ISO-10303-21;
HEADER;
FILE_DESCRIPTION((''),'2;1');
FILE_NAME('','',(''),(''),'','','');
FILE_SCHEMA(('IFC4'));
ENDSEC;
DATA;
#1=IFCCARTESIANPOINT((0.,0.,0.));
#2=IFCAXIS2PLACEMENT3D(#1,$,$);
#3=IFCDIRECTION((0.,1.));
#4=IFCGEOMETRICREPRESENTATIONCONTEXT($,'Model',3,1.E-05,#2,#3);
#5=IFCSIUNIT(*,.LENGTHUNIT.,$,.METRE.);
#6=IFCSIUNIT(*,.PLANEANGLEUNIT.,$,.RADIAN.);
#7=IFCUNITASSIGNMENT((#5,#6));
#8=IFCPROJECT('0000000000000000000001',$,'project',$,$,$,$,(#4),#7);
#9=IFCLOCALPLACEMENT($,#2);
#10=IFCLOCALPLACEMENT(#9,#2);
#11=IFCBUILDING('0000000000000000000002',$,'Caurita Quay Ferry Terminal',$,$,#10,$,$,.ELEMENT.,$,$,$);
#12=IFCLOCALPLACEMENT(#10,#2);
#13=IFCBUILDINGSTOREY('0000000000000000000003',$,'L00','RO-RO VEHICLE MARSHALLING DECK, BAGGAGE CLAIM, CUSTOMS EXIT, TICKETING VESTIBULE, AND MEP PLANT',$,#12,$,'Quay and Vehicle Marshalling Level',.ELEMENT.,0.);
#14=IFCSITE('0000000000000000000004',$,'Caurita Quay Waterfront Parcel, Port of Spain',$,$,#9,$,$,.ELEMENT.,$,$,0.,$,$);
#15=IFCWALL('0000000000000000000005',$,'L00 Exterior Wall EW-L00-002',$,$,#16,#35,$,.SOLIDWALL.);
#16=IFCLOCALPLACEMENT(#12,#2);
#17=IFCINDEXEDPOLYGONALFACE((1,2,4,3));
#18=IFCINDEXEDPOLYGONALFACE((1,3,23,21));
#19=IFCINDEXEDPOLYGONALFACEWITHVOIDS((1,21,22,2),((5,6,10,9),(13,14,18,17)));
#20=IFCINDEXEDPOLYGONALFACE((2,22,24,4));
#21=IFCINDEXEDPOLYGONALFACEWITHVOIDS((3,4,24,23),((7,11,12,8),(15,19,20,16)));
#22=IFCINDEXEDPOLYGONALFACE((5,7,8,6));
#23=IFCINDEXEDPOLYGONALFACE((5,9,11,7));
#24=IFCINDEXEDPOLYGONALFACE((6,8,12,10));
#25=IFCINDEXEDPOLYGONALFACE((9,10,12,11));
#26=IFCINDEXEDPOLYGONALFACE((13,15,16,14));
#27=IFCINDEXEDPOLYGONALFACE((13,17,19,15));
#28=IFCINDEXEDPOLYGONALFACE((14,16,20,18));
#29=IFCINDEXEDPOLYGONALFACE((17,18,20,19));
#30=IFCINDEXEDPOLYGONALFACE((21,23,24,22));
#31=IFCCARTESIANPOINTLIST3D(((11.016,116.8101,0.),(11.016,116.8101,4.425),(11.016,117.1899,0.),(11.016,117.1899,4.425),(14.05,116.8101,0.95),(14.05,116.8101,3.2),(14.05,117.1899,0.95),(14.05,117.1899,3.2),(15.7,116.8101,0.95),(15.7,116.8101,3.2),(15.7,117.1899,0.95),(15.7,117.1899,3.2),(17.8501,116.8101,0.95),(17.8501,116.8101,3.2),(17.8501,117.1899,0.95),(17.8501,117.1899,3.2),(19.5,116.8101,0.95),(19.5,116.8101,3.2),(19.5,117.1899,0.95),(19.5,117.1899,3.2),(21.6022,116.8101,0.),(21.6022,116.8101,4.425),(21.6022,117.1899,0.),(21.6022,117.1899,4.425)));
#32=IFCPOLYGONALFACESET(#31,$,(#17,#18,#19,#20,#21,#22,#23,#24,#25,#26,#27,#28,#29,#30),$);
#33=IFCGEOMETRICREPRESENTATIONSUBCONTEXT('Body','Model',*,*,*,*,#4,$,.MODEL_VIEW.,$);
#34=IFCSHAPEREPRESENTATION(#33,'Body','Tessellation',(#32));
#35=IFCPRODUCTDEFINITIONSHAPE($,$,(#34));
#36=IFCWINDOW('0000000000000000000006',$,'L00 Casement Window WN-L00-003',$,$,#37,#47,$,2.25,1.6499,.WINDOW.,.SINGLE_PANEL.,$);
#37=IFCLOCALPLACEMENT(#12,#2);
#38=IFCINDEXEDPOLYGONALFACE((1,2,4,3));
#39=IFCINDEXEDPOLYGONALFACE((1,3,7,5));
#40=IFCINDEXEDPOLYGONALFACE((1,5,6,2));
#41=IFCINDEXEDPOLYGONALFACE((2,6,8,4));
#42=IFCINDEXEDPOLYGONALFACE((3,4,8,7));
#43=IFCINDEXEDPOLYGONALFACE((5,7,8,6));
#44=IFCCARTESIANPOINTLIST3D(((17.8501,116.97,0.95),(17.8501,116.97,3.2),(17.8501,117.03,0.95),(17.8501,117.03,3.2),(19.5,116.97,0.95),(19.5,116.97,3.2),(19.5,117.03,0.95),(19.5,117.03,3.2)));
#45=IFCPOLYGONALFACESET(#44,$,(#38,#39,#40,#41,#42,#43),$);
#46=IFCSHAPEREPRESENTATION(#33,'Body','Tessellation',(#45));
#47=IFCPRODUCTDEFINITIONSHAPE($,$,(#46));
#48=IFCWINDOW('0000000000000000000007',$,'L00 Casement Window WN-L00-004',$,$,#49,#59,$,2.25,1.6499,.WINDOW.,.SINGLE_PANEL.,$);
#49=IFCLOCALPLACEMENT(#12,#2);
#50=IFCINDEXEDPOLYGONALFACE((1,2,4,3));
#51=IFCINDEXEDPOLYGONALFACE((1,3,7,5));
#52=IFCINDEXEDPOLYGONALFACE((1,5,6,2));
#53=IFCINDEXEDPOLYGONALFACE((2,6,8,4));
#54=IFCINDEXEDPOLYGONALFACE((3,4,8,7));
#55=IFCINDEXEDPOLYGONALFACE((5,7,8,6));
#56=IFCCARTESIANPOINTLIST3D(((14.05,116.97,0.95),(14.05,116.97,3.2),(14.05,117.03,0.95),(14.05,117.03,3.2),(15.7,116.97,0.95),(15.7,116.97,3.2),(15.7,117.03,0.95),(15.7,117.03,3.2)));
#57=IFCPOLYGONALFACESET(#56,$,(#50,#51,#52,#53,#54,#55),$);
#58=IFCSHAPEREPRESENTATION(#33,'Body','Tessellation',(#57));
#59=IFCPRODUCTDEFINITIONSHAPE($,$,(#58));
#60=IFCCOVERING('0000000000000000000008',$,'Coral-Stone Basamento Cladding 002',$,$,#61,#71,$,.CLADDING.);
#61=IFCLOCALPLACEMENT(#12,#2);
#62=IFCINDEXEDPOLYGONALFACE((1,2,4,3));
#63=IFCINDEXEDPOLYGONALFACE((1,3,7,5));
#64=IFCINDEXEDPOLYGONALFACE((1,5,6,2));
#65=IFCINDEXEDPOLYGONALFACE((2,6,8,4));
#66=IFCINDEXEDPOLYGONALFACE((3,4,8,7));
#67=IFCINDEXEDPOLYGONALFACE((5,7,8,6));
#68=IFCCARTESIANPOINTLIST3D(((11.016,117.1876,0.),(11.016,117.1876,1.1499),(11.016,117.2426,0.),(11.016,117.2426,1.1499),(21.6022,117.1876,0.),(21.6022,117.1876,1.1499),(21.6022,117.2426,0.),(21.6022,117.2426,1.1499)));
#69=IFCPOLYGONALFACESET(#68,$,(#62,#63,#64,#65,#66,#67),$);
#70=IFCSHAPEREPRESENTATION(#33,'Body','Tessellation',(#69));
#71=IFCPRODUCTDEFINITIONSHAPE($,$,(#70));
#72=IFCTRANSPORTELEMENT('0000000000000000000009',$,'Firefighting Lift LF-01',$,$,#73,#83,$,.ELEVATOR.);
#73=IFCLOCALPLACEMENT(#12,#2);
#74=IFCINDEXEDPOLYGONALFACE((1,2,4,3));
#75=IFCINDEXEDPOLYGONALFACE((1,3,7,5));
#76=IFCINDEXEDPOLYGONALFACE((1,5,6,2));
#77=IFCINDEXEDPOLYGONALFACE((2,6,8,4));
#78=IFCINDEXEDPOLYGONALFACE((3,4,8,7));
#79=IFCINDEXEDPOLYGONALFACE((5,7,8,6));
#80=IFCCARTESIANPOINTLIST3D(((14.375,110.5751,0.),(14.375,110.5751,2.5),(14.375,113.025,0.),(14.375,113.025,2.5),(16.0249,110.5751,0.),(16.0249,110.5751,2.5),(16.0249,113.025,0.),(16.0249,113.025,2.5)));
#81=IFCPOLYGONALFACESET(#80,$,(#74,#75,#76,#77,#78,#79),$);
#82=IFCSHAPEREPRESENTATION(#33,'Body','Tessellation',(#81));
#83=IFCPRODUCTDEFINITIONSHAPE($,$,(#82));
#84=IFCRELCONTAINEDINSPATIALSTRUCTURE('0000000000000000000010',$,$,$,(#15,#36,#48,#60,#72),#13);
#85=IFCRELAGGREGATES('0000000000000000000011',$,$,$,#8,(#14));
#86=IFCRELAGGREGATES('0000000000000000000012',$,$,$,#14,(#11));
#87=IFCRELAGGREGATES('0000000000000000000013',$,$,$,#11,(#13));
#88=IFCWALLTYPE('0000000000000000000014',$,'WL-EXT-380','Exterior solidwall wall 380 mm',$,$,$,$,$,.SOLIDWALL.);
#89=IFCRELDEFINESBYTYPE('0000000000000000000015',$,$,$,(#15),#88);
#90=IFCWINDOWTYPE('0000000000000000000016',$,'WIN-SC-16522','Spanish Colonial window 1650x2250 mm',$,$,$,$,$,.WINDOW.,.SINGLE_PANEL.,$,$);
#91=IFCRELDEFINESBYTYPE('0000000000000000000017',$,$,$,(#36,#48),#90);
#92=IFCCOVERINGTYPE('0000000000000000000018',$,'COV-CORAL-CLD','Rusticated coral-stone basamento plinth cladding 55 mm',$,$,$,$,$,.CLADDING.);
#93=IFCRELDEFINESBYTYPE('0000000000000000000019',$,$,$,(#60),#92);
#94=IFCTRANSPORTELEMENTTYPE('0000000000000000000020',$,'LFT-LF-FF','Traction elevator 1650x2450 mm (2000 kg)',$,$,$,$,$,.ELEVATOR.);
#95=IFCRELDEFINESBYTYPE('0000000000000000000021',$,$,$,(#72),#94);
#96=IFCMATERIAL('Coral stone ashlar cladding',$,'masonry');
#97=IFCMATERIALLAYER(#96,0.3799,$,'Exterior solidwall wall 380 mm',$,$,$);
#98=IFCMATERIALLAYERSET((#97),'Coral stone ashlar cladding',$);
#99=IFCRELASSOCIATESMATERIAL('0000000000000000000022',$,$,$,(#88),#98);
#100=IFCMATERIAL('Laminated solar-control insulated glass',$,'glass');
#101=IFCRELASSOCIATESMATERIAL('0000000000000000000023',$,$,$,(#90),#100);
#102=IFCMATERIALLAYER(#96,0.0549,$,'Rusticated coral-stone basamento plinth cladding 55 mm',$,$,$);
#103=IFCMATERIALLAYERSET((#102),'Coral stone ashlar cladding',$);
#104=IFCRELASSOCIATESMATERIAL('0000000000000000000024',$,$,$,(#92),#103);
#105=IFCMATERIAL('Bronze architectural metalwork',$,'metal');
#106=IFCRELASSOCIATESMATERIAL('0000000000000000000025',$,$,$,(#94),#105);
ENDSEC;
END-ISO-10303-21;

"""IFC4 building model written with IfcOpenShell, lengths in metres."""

from ifc_helpers import new_model, si_unit, direction, frame, frame_2d, origin, origin_2d, place, context, subcontext, project, spatial, rectangle, extrude, material, layer, layer_set, type_object, element, fill, save


model = new_model("IFC4")

# Units and contexts
model_context = context("Model", 3, precision=1e-05, world=origin(), true_north=direction((0.0, 1.0)))
body_context = subcontext(model_context, "Body", "Model", "MODEL_VIEW")
ifc_project = project(units=[si_unit("LENGTHUNIT", "METRE"), si_unit("PLANEANGLEUNIT", "RADIAN")], contexts=[model_context])

# Site, building, storey
site_placement = place(None, origin())
site = spatial("IfcSite", under=ifc_project, at=site_placement, Name="Caurita Quay Waterfront Parcel, Port of Spain", CompositionType="ELEMENT", RefElevation=0.0)
building_placement = place(site_placement, origin())
building = spatial("IfcBuilding", under=site, at=building_placement, Name="Caurita Quay Ferry Terminal", CompositionType="ELEMENT")
storey_placement = place(building_placement, origin())
storey = spatial("IfcBuildingStorey", under=building, at=storey_placement, Name="L00", Description="RO-RO VEHICLE MARSHALLING DECK, BAGGAGE CLAIM, CUSTOMS EXIT, TICKETING VESTIBULE, AND MEP PLANT", LongName="Quay and Vehicle Marshalling Level", CompositionType="ELEMENT", Elevation=0.0)

# Shared definitions
ifc_material_1 = material(Name="Bronze architectural metalwork", Category="metal")

# Wall, openings, windows
ifc_material_2 = material(Name="Coral stone ashlar cladding", Category="masonry")
ifc_layer_1 = layer(ifc_material_2, 0.3799, Name="Exterior solidwall wall 380 mm")
ifc_layer_set_1 = layer_set([ifc_layer_1], Name="Coral stone ashlar cladding")
wall_type_1 = type_object("IfcWallType", Name="WL-EXT-380", Description="Exterior solidwall wall 380 mm", PredefinedType="SOLIDWALL", material=ifc_layer_set_1)
wall_1_placement = place(storey_placement, frame((21.6021, 117.0, 0.0), z_axis=(0.0, 0.0, 1.0), x_axis=(-1.0, 0.0, 0.0)))
wall_1 = element("IfcWall", 1, at=wall_1_placement, inside=storey, type_object=wall_type_1, Name="L00 Exterior Wall EW-L00-002", PredefinedType="SOLIDWALL", context=body_context, shape_type="SweptSolid", body=[
    extrude(rectangle(XDim=10.5862, YDim=0.3799, at=frame_2d((5.293, 0.0))), origin(), (0.0, 0.0, 1.0), 4.425),
])
opening_1_placement = place(wall_1_placement, frame((2.1021, 0.0, 0.95)))
opening_1 = element("IfcOpeningElement", 2, at=opening_1_placement, cuts=wall_1, PredefinedType="OPENING", context=body_context, shape_type="SweptSolid", body=[
    extrude(rectangle(XDim=1.6499, YDim=2.25, at=frame_2d((0.825, 1.125))), frame((0.0, 0.2, 0.0), z_axis=(0.0, -1.0, 0.0), x_axis=(1.0, 0.0, 0.0)), (0.0, 0.0, 1.0), 0.3999),
])
opening_2_placement = place(wall_1_placement, frame((5.9021, 0.0, 0.95)))
opening_2 = element("IfcOpeningElement", 3, at=opening_2_placement, cuts=wall_1, PredefinedType="OPENING", context=body_context, shape_type="SweptSolid", body=[
    extrude(rectangle(XDim=1.6499, YDim=2.25, at=frame_2d((0.825, 1.125))), frame((0.0, 0.2, 0.0), z_axis=(0.0, -1.0, 0.0), x_axis=(1.0, 0.0, 0.0)), (0.0, 0.0, 1.0), 0.3999),
])
ifc_material_3 = material(Name="Laminated solar-control insulated glass", Category="glass")
window_type = type_object("IfcWindowType", Name="WIN-SC-16522", Description="Spanish Colonial window 1650x2250 mm", PartitioningType="SINGLE_PANEL", PredefinedType="WINDOW", material=ifc_material_3)
window_1_placement = place(opening_1_placement, origin())
window_1 = element("IfcWindow", 4, at=window_1_placement, inside=storey, type_object=window_type, Name="L00 Casement Window WN-L00-003", OverallHeight=2.25, OverallWidth=1.6499, PartitioningType="SINGLE_PANEL", PredefinedType="WINDOW", context=body_context, shape_type="SweptSolid", body=[
    extrude(rectangle(XDim=1.6499, YDim=2.25, at=frame_2d((0.825, 1.125))), frame((0.0, 0.03, 0.0), z_axis=(0.0, -1.0, 0.0), x_axis=(1.0, 0.0, 0.0)), (0.0, 0.0, 1.0), 0.0601),
])
fill(opening_1, window_1)
window_2_placement = place(opening_2_placement, origin())
window_2 = element("IfcWindow", 5, at=window_2_placement, inside=storey, type_object=window_type, Name="L00 Casement Window WN-L00-004", OverallHeight=2.25, OverallWidth=1.6499, PartitioningType="SINGLE_PANEL", PredefinedType="WINDOW", context=body_context, shape_type="SweptSolid", body=[
    extrude(rectangle(XDim=1.6499, YDim=2.25, at=frame_2d((0.825, 1.125))), frame((0.0, 0.03, 0.0), z_axis=(0.0, -1.0, 0.0), x_axis=(1.0, 0.0, 0.0)), (0.0, 0.0, 1.0), 0.0601),
])
fill(opening_2, window_2)

# Covering
ifc_layer_2 = layer(ifc_material_2, 0.0549, Name="Rusticated coral-stone basamento plinth cladding 55 mm")
ifc_layer_set_2 = layer_set([ifc_layer_2], Name="Coral stone ashlar cladding")
covering_type = type_object("IfcCoveringType", Name="COV-CORAL-CLD", Description="Rusticated coral-stone basamento plinth cladding 55 mm", PredefinedType="CLADDING", material=ifc_layer_set_2)
covering_placement = place(storey_placement, frame((21.6021, 117.2151, 0.0), z_axis=(0.0, 0.0, 1.0), x_axis=(-1.0, 0.0, 0.0)))
element("IfcCovering", 6, at=covering_placement, inside=storey, type_object=covering_type, Name="Coral-Stone Basamento Cladding 002", PredefinedType="CLADDING", context=body_context, shape_type="SweptSolid", body=[
    extrude(rectangle(XDim=10.5862, YDim=0.0549, at=frame_2d((5.293, 0.0))), origin(), (0.0, 0.0, 1.0), 1.1499),
])

# Transport element
transport_element_type = type_object("IfcTransportElementType", Name="LFT-LF-FF", Description="Traction elevator 1650x2450 mm (2000 kg)", PredefinedType="ELEVATOR", material=ifc_material_1)
transport_element_placement = place(storey_placement, frame((15.2, 111.8, 0.0), z_axis=(0.0, 0.0, 1.0), x_axis=(1.0, 0.0, 0.0)))
element("IfcTransportElement", 7, at=transport_element_placement, inside=storey, type_object=transport_element_type, Name="Firefighting Lift LF-01", PredefinedType="ELEVATOR", context=body_context, shape_type="SweptSolid", body=[
    extrude(rectangle(XDim=1.6499, YDim=2.45, at=origin_2d()), origin(), (0.0, 0.0, 1.0), 2.5),
])

save(model, "model.ifc")
